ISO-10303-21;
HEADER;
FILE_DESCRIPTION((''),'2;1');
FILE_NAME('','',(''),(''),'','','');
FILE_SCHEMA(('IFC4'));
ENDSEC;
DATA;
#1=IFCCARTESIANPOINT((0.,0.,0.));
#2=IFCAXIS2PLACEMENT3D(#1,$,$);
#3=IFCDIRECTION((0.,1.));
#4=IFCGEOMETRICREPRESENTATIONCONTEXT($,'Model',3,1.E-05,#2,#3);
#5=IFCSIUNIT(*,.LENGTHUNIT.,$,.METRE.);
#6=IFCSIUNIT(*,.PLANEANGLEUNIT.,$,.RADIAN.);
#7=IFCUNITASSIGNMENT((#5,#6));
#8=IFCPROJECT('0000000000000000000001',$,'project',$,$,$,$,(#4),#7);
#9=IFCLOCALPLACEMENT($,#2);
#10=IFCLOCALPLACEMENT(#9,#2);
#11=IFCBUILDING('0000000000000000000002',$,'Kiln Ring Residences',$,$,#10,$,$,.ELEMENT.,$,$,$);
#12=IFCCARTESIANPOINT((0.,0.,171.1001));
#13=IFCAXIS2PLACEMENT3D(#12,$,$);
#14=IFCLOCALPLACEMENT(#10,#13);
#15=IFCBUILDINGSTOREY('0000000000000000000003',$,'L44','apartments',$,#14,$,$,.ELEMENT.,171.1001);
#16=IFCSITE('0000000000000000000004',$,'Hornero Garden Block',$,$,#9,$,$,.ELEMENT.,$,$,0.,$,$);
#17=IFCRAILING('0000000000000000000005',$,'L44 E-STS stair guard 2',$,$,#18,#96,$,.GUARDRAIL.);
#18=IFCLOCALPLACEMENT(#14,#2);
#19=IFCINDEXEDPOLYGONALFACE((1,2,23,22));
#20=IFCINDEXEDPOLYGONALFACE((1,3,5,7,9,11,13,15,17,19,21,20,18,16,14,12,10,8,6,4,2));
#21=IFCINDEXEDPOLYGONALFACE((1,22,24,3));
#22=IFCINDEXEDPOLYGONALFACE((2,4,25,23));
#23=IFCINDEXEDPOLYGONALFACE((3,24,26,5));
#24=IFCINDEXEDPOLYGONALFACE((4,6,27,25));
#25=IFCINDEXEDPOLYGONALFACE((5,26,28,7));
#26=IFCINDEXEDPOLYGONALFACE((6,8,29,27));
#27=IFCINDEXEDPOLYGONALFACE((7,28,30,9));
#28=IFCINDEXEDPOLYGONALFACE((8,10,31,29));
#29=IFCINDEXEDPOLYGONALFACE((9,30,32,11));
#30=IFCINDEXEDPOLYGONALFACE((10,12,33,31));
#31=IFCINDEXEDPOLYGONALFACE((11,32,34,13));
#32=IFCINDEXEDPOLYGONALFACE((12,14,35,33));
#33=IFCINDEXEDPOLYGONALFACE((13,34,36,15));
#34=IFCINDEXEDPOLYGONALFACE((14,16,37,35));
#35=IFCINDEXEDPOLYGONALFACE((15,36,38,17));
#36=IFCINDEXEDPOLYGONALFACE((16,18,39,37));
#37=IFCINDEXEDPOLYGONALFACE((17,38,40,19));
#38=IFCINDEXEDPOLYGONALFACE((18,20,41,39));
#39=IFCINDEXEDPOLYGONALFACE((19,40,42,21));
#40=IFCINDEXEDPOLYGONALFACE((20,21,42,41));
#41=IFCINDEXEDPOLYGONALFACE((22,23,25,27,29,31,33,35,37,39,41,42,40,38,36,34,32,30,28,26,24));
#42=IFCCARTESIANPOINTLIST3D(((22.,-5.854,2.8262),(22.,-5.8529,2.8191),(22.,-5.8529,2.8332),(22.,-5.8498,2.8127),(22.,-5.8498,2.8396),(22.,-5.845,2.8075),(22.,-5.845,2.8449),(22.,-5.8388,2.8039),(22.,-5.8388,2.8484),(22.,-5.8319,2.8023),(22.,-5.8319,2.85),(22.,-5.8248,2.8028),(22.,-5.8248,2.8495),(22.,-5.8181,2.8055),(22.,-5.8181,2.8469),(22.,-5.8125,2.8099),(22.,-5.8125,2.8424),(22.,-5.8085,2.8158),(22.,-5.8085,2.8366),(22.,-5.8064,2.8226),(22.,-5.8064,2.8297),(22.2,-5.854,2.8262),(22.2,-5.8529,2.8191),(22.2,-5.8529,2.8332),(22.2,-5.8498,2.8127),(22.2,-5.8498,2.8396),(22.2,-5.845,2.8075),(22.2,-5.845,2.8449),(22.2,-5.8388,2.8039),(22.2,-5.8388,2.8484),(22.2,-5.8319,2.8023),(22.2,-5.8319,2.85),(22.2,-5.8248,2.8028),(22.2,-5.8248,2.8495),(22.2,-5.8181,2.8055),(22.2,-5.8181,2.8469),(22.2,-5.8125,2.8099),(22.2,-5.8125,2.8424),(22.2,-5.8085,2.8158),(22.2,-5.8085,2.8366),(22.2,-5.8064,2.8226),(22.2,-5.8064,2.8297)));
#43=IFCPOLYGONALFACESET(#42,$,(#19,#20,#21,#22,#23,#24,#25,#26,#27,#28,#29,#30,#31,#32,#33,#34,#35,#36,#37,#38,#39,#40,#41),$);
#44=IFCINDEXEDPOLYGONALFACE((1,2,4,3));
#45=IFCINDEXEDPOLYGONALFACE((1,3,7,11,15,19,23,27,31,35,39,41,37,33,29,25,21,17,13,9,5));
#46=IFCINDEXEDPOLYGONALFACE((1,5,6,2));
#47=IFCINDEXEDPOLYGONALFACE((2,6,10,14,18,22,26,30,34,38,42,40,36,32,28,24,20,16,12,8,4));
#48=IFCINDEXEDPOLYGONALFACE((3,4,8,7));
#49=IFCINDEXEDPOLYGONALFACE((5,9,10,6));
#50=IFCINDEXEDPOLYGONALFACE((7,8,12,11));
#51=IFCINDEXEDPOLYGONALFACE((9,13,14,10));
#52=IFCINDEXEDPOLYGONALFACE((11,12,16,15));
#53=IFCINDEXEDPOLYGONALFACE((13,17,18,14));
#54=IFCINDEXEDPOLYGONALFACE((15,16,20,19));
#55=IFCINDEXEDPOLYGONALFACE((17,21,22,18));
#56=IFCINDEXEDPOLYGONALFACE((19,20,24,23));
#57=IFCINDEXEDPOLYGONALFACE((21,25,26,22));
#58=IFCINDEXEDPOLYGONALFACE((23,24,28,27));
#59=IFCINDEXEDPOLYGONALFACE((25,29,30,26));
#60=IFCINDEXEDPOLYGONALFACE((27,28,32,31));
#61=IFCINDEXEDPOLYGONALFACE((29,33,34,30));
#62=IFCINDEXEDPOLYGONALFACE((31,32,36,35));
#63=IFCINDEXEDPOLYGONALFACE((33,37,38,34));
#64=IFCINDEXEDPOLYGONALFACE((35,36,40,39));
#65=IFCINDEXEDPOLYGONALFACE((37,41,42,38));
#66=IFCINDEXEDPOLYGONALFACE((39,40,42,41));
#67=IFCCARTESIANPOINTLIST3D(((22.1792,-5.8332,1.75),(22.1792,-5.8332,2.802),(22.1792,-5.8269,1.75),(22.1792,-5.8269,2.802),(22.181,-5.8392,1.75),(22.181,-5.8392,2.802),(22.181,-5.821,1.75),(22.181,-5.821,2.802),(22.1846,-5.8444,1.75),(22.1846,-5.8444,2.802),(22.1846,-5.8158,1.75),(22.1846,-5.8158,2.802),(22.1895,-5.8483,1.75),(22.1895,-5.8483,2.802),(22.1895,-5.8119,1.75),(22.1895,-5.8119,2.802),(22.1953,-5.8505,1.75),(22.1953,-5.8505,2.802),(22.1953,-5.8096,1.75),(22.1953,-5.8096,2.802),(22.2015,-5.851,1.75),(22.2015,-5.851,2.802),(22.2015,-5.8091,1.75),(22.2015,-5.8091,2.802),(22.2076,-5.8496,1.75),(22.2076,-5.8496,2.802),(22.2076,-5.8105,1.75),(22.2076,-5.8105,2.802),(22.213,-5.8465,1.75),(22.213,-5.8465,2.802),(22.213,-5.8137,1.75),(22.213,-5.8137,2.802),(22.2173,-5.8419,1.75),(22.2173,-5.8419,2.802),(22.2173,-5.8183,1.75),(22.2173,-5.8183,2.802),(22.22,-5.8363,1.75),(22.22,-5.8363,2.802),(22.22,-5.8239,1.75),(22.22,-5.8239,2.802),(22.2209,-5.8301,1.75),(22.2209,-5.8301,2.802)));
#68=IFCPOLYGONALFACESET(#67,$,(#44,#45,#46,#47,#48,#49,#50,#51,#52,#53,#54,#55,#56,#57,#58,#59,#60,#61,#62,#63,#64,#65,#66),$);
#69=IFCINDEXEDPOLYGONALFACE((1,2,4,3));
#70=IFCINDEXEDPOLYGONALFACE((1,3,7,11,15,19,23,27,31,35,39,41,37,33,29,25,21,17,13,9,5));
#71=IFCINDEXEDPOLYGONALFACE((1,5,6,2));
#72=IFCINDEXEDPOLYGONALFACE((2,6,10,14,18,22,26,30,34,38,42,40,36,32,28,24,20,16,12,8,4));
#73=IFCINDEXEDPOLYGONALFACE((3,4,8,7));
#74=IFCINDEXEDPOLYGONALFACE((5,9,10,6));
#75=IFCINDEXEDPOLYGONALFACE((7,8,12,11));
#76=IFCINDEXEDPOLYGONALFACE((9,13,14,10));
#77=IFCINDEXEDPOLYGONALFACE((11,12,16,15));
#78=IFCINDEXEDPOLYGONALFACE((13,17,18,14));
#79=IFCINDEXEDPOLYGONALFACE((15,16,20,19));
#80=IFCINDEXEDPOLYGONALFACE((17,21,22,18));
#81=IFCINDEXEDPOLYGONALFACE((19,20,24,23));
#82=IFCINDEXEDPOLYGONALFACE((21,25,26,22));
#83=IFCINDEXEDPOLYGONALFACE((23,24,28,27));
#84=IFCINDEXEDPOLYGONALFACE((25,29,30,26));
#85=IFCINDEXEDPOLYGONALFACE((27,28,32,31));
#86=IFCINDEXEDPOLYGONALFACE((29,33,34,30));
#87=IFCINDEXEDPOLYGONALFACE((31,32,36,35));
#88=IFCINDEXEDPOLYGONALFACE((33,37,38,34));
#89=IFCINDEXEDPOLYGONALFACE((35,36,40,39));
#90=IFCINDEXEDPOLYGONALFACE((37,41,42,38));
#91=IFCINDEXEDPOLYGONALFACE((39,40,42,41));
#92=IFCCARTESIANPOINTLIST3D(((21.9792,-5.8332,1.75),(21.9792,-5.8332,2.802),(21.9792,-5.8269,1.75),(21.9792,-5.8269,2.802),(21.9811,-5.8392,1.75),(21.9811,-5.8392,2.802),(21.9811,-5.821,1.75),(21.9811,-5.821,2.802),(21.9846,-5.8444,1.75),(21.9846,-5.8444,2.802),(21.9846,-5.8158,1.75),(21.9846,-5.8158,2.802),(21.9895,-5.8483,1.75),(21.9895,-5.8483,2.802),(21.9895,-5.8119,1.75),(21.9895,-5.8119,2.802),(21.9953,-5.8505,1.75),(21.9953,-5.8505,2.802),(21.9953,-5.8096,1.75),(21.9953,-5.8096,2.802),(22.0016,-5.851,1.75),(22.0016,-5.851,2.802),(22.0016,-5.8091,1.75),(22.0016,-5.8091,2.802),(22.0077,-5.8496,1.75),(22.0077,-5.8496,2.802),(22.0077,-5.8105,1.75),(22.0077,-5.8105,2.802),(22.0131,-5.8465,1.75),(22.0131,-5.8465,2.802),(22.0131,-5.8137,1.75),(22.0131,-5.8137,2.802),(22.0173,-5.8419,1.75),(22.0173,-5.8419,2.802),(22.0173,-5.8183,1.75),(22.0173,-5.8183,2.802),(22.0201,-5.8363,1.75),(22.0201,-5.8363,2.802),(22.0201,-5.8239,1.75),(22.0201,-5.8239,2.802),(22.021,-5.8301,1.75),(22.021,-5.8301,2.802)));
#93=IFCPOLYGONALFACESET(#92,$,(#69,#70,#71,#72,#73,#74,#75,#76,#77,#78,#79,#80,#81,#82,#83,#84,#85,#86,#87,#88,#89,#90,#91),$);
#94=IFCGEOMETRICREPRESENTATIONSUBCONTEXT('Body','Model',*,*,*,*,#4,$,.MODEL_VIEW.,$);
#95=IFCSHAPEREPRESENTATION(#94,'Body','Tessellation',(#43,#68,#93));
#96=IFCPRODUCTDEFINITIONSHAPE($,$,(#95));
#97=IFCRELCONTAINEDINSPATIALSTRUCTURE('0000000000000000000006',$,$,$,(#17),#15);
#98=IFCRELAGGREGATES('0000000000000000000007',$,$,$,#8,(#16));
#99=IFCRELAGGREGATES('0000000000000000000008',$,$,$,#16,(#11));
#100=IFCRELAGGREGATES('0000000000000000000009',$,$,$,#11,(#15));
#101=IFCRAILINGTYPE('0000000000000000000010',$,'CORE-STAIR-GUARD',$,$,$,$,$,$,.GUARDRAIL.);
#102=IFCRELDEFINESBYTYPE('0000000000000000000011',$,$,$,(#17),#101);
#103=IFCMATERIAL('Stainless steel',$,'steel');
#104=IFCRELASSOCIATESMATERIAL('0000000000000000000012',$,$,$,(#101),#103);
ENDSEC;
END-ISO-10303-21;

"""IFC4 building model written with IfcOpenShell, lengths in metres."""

from ifc_helpers import new_model, si_unit, direction, frame, origin, origin_2d, place, context, subcontext, project, spatial, circle, extrude, material, type_object, element, save


model = new_model("IFC4")

# Units and contexts
model_context = context("Model", 3, precision=1e-05, world=origin(), true_north=direction((0.0, 1.0)))
body_context = subcontext(model_context, "Body", "Model", "MODEL_VIEW")
ifc_project = project(units=[si_unit("LENGTHUNIT", "METRE"), si_unit("PLANEANGLEUNIT", "RADIAN")], contexts=[model_context])

# Site, building, storey
site_placement = place(None, origin())
site = spatial("IfcSite", under=ifc_project, at=site_placement, Name="Hornero Garden Block", CompositionType="ELEMENT", RefElevation=0.0)
building_placement = place(site_placement, origin())
building = spatial("IfcBuilding", under=site, at=building_placement, Name="Kiln Ring Residences", CompositionType="ELEMENT")
storey_placement = place(building_placement, frame((0.0, 0.0, 171.1001)))
storey = spatial("IfcBuildingStorey", under=building, at=storey_placement, Name="L44", Description="apartments", CompositionType="ELEMENT", Elevation=171.1001)

# Railing
ifc_material_1 = material(Name="Stainless steel", Category="steel")
railing_type_1 = type_object("IfcRailingType", Name="CORE-STAIR-GUARD", PredefinedType="GUARDRAIL", material=ifc_material_1)
railing_1_placement = place(storey_placement, frame((22.2, -5.8301, 1.75)))
element("IfcRailing", 1, at=railing_1_placement, inside=storey, type_object=railing_type_1, Name="L44 E-STS stair guard 2", PredefinedType="GUARDRAIL", context=body_context, shape_type="SweptSolid", body=[
    extrude(circle(Radius=0.0239, at=origin_2d()), frame((0.0, 0.0, 1.0762), z_axis=(-1.0, 0.0, 0.0), x_axis=(0.0, -1.0, 0.0)), (0.0, 0.0, 1.0), 0.2),
    extrude(circle(Radius=0.021, at=origin_2d()), origin(), (0.0, 0.0, 1.0), 1.052),
    extrude(circle(Radius=0.021, at=origin_2d()), frame((-0.2, 0.0, 0.0)), (0.0, 0.0, 1.0), 1.052),
])

save(model, "model.ifc")
